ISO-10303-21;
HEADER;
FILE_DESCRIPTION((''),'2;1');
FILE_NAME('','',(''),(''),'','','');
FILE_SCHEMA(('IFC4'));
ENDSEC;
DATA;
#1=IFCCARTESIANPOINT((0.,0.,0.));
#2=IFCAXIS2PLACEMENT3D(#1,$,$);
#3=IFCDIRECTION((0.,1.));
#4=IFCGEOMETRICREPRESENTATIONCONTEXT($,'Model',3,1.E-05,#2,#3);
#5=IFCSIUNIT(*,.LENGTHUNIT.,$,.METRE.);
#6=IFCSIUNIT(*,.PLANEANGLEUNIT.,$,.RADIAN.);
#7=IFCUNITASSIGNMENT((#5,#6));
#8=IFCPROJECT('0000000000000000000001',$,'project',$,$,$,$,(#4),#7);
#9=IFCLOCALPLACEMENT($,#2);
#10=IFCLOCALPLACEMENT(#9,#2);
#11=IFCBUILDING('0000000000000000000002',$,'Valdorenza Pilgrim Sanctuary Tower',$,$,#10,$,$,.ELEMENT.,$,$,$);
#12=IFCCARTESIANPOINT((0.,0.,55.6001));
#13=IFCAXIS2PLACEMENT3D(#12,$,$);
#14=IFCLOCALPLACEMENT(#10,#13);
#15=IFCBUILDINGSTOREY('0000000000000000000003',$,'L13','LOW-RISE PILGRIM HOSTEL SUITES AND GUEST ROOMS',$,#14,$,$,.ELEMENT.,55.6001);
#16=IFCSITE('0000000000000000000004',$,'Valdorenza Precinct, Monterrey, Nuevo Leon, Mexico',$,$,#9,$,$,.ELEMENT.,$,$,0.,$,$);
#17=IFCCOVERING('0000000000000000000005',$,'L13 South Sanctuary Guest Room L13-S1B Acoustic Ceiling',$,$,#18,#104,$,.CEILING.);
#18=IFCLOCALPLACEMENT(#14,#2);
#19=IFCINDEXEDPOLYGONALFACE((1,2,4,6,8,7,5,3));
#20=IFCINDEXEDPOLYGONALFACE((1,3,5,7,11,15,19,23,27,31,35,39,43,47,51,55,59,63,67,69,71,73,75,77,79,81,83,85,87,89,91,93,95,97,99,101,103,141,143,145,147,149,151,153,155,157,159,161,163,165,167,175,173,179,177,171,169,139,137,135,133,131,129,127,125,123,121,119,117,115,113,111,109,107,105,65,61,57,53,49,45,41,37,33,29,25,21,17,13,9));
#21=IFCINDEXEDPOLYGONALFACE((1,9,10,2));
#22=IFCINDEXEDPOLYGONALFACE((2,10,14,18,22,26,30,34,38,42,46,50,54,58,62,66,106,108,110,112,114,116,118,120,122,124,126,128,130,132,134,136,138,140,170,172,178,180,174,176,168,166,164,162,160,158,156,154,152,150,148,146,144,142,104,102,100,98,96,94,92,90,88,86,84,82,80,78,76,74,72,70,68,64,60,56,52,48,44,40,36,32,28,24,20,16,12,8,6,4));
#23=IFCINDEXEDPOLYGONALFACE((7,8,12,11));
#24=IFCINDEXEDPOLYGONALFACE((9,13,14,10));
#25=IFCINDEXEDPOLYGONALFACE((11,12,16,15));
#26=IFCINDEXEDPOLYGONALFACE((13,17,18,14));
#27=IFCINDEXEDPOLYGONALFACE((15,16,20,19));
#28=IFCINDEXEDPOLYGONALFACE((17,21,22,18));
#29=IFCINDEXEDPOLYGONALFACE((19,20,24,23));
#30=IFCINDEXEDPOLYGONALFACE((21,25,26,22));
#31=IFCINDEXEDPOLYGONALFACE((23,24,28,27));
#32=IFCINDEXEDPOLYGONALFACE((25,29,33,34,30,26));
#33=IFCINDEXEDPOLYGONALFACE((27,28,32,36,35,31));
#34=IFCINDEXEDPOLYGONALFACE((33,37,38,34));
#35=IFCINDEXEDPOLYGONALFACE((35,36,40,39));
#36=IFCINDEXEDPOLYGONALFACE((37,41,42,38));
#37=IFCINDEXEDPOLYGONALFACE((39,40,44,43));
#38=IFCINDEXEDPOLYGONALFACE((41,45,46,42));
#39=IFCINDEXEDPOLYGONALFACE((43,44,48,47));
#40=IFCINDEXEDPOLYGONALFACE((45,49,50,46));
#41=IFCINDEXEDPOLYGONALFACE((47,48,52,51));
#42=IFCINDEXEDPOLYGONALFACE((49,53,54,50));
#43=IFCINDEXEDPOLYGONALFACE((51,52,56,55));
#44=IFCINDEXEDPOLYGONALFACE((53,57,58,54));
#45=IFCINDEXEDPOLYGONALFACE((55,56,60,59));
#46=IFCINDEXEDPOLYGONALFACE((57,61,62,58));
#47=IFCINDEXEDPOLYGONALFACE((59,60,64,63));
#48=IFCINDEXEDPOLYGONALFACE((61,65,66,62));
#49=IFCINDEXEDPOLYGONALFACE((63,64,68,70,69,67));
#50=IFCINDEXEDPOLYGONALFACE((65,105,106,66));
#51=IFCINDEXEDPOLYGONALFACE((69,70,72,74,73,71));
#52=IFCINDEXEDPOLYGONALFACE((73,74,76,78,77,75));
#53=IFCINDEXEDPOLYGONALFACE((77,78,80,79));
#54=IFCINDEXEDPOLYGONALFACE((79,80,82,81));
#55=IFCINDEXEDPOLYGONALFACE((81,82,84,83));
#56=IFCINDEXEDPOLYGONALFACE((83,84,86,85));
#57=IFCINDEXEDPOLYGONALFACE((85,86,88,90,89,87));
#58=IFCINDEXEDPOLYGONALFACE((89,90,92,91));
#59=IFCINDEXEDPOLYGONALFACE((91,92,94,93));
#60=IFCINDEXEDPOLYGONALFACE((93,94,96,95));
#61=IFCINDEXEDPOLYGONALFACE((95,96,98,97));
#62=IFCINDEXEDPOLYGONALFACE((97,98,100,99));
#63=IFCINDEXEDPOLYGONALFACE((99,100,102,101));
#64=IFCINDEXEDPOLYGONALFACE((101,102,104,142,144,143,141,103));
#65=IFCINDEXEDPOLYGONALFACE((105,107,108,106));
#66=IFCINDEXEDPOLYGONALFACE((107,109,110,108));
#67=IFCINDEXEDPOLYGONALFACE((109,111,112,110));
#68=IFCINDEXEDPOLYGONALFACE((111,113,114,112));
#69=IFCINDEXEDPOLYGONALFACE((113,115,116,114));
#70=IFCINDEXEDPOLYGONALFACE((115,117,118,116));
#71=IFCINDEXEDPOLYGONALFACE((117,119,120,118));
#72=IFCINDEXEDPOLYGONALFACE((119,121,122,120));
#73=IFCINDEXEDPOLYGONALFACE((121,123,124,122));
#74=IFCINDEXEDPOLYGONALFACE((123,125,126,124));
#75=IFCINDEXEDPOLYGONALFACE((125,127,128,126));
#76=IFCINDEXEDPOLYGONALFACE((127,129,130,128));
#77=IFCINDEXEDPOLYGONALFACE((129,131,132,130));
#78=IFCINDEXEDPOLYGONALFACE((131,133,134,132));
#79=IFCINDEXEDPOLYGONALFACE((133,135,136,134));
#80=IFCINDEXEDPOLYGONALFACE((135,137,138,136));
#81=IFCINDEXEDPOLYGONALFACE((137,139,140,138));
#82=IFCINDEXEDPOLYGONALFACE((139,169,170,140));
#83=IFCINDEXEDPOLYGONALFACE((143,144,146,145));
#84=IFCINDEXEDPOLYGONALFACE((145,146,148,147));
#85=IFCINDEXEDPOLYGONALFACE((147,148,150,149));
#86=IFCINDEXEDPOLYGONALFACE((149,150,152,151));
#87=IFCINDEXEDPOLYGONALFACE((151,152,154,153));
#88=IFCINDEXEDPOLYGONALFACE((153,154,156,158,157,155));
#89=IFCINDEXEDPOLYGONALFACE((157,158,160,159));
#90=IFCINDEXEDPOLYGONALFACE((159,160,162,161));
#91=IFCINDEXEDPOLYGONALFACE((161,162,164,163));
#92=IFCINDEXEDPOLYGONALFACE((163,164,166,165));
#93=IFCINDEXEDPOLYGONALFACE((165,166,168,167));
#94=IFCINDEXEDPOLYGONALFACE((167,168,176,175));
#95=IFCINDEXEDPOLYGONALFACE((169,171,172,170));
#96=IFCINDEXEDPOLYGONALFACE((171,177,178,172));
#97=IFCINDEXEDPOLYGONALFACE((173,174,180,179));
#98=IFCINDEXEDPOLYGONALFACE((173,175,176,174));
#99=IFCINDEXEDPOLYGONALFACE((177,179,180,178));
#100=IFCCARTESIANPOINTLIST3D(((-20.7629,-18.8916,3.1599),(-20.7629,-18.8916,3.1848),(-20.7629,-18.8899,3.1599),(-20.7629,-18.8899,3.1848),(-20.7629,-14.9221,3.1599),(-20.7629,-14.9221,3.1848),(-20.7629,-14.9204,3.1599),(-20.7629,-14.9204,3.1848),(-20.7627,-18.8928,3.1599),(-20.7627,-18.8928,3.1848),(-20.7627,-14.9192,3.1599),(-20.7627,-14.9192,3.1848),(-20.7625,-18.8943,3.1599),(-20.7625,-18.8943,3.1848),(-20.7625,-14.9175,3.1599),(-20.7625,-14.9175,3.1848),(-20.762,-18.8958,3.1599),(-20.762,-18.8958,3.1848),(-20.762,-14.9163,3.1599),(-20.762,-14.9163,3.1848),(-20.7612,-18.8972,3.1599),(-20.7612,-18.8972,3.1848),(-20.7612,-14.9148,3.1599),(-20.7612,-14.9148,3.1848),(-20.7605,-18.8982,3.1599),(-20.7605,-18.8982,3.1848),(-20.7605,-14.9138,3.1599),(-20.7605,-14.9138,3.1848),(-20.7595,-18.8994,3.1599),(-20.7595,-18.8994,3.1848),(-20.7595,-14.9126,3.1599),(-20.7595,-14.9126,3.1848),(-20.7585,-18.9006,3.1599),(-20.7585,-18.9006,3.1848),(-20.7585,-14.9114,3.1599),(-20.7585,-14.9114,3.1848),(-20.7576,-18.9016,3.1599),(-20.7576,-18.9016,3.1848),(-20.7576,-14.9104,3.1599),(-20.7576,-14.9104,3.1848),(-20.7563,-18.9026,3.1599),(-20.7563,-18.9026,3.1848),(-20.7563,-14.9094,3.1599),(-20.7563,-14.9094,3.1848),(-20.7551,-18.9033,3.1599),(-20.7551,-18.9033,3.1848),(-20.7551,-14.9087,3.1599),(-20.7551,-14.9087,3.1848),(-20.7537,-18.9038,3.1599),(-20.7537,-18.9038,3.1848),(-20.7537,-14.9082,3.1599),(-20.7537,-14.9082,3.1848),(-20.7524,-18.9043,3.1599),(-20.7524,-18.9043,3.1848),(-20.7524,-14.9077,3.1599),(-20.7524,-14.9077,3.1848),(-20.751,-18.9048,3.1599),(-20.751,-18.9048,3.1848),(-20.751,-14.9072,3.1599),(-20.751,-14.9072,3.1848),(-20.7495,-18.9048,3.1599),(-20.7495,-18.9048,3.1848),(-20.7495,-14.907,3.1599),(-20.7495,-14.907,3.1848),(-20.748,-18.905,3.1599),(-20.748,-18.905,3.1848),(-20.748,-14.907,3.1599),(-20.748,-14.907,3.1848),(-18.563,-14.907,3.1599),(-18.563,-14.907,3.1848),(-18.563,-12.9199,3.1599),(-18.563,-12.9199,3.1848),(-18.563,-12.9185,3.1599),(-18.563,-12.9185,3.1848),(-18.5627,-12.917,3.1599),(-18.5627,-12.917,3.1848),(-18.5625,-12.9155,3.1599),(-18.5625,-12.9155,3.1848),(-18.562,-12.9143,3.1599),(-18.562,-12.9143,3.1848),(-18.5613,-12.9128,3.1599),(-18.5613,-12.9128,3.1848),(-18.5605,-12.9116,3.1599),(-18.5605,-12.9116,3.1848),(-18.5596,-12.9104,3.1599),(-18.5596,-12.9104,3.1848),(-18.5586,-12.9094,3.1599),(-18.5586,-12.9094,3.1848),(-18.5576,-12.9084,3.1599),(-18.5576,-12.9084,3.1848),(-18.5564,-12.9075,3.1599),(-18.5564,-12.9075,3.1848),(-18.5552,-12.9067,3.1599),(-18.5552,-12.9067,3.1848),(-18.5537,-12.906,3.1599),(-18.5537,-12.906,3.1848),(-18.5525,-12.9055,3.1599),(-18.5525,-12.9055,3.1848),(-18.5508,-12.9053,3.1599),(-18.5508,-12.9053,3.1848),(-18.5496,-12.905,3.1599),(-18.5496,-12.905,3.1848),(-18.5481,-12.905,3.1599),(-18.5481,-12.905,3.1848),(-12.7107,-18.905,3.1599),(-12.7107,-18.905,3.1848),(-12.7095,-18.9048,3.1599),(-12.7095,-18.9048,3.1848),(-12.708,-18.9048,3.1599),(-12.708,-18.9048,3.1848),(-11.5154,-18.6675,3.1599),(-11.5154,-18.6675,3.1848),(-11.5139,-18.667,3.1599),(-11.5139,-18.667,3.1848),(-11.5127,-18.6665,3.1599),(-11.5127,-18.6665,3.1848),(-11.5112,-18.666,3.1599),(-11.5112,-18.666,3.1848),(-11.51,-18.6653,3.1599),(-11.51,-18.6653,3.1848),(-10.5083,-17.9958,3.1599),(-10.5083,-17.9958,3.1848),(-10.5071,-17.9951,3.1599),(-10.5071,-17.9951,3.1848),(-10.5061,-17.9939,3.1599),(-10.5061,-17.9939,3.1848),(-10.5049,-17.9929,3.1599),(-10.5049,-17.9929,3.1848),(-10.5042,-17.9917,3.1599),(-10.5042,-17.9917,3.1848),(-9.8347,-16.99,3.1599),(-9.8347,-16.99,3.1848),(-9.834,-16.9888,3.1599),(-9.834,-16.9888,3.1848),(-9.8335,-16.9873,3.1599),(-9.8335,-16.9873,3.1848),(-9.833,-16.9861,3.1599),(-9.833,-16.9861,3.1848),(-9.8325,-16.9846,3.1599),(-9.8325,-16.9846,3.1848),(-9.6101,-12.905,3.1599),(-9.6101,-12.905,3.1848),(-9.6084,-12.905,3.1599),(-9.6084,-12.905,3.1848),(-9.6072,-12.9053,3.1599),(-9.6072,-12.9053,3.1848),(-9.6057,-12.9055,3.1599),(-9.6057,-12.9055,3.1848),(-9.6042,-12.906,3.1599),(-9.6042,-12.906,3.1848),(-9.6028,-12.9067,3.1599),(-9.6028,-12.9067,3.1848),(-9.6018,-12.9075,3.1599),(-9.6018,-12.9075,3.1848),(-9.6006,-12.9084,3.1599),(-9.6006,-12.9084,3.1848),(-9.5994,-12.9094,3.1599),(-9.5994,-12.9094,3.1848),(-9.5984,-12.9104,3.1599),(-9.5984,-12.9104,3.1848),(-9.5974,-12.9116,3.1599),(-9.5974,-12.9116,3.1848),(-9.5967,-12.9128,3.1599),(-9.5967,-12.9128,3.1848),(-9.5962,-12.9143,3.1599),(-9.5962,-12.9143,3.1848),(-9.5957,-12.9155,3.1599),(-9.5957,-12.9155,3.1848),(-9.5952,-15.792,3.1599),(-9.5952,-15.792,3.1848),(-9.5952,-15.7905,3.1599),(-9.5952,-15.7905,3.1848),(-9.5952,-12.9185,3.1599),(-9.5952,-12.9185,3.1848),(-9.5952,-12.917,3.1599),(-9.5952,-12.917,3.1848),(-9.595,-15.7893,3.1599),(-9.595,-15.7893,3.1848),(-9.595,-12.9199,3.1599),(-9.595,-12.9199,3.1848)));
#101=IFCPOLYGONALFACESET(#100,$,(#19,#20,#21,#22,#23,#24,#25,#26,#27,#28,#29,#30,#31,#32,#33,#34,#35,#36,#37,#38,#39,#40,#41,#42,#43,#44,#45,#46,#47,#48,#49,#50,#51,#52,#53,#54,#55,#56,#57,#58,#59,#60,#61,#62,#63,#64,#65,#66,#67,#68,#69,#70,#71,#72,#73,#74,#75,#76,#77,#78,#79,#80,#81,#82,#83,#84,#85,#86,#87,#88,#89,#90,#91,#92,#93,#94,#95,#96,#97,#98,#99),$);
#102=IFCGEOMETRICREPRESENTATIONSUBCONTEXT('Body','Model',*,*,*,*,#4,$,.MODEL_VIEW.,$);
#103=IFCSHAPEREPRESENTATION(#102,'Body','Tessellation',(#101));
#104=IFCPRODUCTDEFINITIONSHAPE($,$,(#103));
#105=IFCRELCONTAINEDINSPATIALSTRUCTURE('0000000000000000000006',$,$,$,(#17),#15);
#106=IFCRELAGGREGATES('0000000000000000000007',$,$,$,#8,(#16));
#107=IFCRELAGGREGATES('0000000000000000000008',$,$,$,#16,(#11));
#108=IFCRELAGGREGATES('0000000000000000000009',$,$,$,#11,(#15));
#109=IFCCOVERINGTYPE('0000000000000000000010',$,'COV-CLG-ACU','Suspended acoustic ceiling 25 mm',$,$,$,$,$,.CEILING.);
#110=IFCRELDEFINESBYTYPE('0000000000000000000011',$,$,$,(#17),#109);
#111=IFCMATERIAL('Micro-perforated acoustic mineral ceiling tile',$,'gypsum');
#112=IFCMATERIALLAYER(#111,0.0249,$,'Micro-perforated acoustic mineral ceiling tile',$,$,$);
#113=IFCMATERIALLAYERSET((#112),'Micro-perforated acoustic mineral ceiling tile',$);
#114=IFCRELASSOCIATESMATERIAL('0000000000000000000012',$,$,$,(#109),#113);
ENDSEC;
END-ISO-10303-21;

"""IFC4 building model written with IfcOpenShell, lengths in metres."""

from ifc_helpers import new_model, si_unit, direction, frame, origin, place, context, subcontext, project, spatial, polyline, outline, extrude, material, layer, layer_set, type_object, element, save


model = new_model("IFC4")

# Units and contexts
model_context = context("Model", 3, precision=1e-05, world=origin(), true_north=direction((0.0, 1.0)))
body_context = subcontext(model_context, "Body", "Model", "MODEL_VIEW")
ifc_project = project(units=[si_unit("LENGTHUNIT", "METRE"), si_unit("PLANEANGLEUNIT", "RADIAN")], contexts=[model_context])

# Site, building, storey
site_placement = place(None, origin())
site = spatial("IfcSite", under=ifc_project, at=site_placement, Name="Valdorenza Precinct, Monterrey, Nuevo Leon, Mexico", CompositionType="ELEMENT", RefElevation=0.0)
building_placement = place(site_placement, origin())
building = spatial("IfcBuilding", under=site, at=building_placement, Name="Valdorenza Pilgrim Sanctuary Tower", CompositionType="ELEMENT")
storey_placement = place(building_placement, frame((0.0, 0.0, 55.6001)))
storey = spatial("IfcBuildingStorey", under=building, at=storey_placement, Name="L13", Description="LOW-RISE PILGRIM HOSTEL SUITES AND GUEST ROOMS", CompositionType="ELEMENT", Elevation=55.6001)

# Covering
ifc_material_1 = material(Name="Micro-perforated acoustic mineral ceiling tile", Category="gypsum")
ifc_layer_1 = layer(ifc_material_1, 0.0249, Name="Micro-perforated acoustic mineral ceiling tile")
ifc_layer_set_1 = layer_set([ifc_layer_1], Name="Micro-perforated acoustic mineral ceiling tile")
covering_type_1 = type_object("IfcCoveringType", Name="COV-CLG-ACU", Description="Suspended acoustic ceiling 25 mm", PredefinedType="CEILING", material=ifc_layer_set_1)
covering_1_placement = place(storey_placement, frame((0.0, 0.0, 3.1599)))
element("IfcCovering", 1, at=covering_1_placement, inside=storey, type_object=covering_type_1, Name="L13 South Sanctuary Guest Room L13-S1B Acoustic Ceiling", PredefinedType="CEILING", context=body_context, shape_type="SweptSolid", body=[
    extrude(outline(polyline([(-18.563, -14.907), (-18.563, -12.9199), (-18.563, -12.9185), (-18.5627, -12.917), (-18.5625, -12.9155), (-18.562, -12.9143), (-18.5613, -12.9128), (-18.5605, -12.9116), (-18.5596, -12.9104), (-18.5586, -12.9094), (-18.5576, -12.9084), (-18.5564, -12.9075), (-18.5552, -12.9067), (-18.5537, -12.906), (-18.5525, -12.9055), (-18.5508, -12.9053), (-18.5496, -12.905), (-18.5481, -12.905), (-9.6101, -12.905), (-9.6084, -12.905), (-9.6072, -12.9053), (-9.6057, -12.9055), (-9.6042, -12.906), (-9.6028, -12.9067), (-9.6018, -12.9075), (-9.6006, -12.9084), (-9.5994, -12.9094), (-9.5984, -12.9104), (-9.5974, -12.9116), (-9.5967, -12.9128), (-9.5962, -12.9143), (-9.5957, -12.9155), (-9.5952, -12.917), (-9.5952, -12.9185), (-9.595, -12.9199), (-9.595, -15.7893), (-9.5952, -15.7905), (-9.5952, -15.792), (-9.8325, -16.9846), (-9.833, -16.9861), (-9.8335, -16.9873), (-9.834, -16.9888), (-9.8347, -16.99), (-10.5042, -17.9917), (-10.5049, -17.9929), (-10.5061, -17.9939), (-10.5071, -17.9951), (-10.5083, -17.9958), (-11.51, -18.6653), (-11.5112, -18.666), (-11.5127, -18.6665), (-11.5139, -18.667), (-11.5154, -18.6675), (-12.708, -18.9048), (-12.7095, -18.9048), (-12.7107, -18.905), (-20.748, -18.905), (-20.7495, -18.9048), (-20.751, -18.9048), (-20.7524, -18.9043), (-20.7537, -18.9038), (-20.7551, -18.9033), (-20.7563, -18.9026), (-20.7576, -18.9016), (-20.7585, -18.9006), (-20.7595, -18.8994), (-20.7605, -18.8982), (-20.7612, -18.8972), (-20.762, -18.8958), (-20.7625, -18.8943), (-20.7627, -18.8928), (-20.7629, -18.8916), (-20.7629, -18.8899), (-20.7629, -14.9221), (-20.7629, -14.9204), (-20.7627, -14.9192), (-20.7625, -14.9175), (-20.762, -14.9163), (-20.7612, -14.9148), (-20.7605, -14.9138), (-20.7595, -14.9126), (-20.7585, -14.9114), (-20.7576, -14.9104), (-20.7563, -14.9094), (-20.7551, -14.9087), (-20.7537, -14.9082), (-20.7524, -14.9077), (-20.751, -14.9072), (-20.7495, -14.907), (-20.748, -14.907), (-18.563, -14.907)])), origin(), (0.0, 0.0, 1.0), 0.0249),
])

save(model, "model.ifc")
